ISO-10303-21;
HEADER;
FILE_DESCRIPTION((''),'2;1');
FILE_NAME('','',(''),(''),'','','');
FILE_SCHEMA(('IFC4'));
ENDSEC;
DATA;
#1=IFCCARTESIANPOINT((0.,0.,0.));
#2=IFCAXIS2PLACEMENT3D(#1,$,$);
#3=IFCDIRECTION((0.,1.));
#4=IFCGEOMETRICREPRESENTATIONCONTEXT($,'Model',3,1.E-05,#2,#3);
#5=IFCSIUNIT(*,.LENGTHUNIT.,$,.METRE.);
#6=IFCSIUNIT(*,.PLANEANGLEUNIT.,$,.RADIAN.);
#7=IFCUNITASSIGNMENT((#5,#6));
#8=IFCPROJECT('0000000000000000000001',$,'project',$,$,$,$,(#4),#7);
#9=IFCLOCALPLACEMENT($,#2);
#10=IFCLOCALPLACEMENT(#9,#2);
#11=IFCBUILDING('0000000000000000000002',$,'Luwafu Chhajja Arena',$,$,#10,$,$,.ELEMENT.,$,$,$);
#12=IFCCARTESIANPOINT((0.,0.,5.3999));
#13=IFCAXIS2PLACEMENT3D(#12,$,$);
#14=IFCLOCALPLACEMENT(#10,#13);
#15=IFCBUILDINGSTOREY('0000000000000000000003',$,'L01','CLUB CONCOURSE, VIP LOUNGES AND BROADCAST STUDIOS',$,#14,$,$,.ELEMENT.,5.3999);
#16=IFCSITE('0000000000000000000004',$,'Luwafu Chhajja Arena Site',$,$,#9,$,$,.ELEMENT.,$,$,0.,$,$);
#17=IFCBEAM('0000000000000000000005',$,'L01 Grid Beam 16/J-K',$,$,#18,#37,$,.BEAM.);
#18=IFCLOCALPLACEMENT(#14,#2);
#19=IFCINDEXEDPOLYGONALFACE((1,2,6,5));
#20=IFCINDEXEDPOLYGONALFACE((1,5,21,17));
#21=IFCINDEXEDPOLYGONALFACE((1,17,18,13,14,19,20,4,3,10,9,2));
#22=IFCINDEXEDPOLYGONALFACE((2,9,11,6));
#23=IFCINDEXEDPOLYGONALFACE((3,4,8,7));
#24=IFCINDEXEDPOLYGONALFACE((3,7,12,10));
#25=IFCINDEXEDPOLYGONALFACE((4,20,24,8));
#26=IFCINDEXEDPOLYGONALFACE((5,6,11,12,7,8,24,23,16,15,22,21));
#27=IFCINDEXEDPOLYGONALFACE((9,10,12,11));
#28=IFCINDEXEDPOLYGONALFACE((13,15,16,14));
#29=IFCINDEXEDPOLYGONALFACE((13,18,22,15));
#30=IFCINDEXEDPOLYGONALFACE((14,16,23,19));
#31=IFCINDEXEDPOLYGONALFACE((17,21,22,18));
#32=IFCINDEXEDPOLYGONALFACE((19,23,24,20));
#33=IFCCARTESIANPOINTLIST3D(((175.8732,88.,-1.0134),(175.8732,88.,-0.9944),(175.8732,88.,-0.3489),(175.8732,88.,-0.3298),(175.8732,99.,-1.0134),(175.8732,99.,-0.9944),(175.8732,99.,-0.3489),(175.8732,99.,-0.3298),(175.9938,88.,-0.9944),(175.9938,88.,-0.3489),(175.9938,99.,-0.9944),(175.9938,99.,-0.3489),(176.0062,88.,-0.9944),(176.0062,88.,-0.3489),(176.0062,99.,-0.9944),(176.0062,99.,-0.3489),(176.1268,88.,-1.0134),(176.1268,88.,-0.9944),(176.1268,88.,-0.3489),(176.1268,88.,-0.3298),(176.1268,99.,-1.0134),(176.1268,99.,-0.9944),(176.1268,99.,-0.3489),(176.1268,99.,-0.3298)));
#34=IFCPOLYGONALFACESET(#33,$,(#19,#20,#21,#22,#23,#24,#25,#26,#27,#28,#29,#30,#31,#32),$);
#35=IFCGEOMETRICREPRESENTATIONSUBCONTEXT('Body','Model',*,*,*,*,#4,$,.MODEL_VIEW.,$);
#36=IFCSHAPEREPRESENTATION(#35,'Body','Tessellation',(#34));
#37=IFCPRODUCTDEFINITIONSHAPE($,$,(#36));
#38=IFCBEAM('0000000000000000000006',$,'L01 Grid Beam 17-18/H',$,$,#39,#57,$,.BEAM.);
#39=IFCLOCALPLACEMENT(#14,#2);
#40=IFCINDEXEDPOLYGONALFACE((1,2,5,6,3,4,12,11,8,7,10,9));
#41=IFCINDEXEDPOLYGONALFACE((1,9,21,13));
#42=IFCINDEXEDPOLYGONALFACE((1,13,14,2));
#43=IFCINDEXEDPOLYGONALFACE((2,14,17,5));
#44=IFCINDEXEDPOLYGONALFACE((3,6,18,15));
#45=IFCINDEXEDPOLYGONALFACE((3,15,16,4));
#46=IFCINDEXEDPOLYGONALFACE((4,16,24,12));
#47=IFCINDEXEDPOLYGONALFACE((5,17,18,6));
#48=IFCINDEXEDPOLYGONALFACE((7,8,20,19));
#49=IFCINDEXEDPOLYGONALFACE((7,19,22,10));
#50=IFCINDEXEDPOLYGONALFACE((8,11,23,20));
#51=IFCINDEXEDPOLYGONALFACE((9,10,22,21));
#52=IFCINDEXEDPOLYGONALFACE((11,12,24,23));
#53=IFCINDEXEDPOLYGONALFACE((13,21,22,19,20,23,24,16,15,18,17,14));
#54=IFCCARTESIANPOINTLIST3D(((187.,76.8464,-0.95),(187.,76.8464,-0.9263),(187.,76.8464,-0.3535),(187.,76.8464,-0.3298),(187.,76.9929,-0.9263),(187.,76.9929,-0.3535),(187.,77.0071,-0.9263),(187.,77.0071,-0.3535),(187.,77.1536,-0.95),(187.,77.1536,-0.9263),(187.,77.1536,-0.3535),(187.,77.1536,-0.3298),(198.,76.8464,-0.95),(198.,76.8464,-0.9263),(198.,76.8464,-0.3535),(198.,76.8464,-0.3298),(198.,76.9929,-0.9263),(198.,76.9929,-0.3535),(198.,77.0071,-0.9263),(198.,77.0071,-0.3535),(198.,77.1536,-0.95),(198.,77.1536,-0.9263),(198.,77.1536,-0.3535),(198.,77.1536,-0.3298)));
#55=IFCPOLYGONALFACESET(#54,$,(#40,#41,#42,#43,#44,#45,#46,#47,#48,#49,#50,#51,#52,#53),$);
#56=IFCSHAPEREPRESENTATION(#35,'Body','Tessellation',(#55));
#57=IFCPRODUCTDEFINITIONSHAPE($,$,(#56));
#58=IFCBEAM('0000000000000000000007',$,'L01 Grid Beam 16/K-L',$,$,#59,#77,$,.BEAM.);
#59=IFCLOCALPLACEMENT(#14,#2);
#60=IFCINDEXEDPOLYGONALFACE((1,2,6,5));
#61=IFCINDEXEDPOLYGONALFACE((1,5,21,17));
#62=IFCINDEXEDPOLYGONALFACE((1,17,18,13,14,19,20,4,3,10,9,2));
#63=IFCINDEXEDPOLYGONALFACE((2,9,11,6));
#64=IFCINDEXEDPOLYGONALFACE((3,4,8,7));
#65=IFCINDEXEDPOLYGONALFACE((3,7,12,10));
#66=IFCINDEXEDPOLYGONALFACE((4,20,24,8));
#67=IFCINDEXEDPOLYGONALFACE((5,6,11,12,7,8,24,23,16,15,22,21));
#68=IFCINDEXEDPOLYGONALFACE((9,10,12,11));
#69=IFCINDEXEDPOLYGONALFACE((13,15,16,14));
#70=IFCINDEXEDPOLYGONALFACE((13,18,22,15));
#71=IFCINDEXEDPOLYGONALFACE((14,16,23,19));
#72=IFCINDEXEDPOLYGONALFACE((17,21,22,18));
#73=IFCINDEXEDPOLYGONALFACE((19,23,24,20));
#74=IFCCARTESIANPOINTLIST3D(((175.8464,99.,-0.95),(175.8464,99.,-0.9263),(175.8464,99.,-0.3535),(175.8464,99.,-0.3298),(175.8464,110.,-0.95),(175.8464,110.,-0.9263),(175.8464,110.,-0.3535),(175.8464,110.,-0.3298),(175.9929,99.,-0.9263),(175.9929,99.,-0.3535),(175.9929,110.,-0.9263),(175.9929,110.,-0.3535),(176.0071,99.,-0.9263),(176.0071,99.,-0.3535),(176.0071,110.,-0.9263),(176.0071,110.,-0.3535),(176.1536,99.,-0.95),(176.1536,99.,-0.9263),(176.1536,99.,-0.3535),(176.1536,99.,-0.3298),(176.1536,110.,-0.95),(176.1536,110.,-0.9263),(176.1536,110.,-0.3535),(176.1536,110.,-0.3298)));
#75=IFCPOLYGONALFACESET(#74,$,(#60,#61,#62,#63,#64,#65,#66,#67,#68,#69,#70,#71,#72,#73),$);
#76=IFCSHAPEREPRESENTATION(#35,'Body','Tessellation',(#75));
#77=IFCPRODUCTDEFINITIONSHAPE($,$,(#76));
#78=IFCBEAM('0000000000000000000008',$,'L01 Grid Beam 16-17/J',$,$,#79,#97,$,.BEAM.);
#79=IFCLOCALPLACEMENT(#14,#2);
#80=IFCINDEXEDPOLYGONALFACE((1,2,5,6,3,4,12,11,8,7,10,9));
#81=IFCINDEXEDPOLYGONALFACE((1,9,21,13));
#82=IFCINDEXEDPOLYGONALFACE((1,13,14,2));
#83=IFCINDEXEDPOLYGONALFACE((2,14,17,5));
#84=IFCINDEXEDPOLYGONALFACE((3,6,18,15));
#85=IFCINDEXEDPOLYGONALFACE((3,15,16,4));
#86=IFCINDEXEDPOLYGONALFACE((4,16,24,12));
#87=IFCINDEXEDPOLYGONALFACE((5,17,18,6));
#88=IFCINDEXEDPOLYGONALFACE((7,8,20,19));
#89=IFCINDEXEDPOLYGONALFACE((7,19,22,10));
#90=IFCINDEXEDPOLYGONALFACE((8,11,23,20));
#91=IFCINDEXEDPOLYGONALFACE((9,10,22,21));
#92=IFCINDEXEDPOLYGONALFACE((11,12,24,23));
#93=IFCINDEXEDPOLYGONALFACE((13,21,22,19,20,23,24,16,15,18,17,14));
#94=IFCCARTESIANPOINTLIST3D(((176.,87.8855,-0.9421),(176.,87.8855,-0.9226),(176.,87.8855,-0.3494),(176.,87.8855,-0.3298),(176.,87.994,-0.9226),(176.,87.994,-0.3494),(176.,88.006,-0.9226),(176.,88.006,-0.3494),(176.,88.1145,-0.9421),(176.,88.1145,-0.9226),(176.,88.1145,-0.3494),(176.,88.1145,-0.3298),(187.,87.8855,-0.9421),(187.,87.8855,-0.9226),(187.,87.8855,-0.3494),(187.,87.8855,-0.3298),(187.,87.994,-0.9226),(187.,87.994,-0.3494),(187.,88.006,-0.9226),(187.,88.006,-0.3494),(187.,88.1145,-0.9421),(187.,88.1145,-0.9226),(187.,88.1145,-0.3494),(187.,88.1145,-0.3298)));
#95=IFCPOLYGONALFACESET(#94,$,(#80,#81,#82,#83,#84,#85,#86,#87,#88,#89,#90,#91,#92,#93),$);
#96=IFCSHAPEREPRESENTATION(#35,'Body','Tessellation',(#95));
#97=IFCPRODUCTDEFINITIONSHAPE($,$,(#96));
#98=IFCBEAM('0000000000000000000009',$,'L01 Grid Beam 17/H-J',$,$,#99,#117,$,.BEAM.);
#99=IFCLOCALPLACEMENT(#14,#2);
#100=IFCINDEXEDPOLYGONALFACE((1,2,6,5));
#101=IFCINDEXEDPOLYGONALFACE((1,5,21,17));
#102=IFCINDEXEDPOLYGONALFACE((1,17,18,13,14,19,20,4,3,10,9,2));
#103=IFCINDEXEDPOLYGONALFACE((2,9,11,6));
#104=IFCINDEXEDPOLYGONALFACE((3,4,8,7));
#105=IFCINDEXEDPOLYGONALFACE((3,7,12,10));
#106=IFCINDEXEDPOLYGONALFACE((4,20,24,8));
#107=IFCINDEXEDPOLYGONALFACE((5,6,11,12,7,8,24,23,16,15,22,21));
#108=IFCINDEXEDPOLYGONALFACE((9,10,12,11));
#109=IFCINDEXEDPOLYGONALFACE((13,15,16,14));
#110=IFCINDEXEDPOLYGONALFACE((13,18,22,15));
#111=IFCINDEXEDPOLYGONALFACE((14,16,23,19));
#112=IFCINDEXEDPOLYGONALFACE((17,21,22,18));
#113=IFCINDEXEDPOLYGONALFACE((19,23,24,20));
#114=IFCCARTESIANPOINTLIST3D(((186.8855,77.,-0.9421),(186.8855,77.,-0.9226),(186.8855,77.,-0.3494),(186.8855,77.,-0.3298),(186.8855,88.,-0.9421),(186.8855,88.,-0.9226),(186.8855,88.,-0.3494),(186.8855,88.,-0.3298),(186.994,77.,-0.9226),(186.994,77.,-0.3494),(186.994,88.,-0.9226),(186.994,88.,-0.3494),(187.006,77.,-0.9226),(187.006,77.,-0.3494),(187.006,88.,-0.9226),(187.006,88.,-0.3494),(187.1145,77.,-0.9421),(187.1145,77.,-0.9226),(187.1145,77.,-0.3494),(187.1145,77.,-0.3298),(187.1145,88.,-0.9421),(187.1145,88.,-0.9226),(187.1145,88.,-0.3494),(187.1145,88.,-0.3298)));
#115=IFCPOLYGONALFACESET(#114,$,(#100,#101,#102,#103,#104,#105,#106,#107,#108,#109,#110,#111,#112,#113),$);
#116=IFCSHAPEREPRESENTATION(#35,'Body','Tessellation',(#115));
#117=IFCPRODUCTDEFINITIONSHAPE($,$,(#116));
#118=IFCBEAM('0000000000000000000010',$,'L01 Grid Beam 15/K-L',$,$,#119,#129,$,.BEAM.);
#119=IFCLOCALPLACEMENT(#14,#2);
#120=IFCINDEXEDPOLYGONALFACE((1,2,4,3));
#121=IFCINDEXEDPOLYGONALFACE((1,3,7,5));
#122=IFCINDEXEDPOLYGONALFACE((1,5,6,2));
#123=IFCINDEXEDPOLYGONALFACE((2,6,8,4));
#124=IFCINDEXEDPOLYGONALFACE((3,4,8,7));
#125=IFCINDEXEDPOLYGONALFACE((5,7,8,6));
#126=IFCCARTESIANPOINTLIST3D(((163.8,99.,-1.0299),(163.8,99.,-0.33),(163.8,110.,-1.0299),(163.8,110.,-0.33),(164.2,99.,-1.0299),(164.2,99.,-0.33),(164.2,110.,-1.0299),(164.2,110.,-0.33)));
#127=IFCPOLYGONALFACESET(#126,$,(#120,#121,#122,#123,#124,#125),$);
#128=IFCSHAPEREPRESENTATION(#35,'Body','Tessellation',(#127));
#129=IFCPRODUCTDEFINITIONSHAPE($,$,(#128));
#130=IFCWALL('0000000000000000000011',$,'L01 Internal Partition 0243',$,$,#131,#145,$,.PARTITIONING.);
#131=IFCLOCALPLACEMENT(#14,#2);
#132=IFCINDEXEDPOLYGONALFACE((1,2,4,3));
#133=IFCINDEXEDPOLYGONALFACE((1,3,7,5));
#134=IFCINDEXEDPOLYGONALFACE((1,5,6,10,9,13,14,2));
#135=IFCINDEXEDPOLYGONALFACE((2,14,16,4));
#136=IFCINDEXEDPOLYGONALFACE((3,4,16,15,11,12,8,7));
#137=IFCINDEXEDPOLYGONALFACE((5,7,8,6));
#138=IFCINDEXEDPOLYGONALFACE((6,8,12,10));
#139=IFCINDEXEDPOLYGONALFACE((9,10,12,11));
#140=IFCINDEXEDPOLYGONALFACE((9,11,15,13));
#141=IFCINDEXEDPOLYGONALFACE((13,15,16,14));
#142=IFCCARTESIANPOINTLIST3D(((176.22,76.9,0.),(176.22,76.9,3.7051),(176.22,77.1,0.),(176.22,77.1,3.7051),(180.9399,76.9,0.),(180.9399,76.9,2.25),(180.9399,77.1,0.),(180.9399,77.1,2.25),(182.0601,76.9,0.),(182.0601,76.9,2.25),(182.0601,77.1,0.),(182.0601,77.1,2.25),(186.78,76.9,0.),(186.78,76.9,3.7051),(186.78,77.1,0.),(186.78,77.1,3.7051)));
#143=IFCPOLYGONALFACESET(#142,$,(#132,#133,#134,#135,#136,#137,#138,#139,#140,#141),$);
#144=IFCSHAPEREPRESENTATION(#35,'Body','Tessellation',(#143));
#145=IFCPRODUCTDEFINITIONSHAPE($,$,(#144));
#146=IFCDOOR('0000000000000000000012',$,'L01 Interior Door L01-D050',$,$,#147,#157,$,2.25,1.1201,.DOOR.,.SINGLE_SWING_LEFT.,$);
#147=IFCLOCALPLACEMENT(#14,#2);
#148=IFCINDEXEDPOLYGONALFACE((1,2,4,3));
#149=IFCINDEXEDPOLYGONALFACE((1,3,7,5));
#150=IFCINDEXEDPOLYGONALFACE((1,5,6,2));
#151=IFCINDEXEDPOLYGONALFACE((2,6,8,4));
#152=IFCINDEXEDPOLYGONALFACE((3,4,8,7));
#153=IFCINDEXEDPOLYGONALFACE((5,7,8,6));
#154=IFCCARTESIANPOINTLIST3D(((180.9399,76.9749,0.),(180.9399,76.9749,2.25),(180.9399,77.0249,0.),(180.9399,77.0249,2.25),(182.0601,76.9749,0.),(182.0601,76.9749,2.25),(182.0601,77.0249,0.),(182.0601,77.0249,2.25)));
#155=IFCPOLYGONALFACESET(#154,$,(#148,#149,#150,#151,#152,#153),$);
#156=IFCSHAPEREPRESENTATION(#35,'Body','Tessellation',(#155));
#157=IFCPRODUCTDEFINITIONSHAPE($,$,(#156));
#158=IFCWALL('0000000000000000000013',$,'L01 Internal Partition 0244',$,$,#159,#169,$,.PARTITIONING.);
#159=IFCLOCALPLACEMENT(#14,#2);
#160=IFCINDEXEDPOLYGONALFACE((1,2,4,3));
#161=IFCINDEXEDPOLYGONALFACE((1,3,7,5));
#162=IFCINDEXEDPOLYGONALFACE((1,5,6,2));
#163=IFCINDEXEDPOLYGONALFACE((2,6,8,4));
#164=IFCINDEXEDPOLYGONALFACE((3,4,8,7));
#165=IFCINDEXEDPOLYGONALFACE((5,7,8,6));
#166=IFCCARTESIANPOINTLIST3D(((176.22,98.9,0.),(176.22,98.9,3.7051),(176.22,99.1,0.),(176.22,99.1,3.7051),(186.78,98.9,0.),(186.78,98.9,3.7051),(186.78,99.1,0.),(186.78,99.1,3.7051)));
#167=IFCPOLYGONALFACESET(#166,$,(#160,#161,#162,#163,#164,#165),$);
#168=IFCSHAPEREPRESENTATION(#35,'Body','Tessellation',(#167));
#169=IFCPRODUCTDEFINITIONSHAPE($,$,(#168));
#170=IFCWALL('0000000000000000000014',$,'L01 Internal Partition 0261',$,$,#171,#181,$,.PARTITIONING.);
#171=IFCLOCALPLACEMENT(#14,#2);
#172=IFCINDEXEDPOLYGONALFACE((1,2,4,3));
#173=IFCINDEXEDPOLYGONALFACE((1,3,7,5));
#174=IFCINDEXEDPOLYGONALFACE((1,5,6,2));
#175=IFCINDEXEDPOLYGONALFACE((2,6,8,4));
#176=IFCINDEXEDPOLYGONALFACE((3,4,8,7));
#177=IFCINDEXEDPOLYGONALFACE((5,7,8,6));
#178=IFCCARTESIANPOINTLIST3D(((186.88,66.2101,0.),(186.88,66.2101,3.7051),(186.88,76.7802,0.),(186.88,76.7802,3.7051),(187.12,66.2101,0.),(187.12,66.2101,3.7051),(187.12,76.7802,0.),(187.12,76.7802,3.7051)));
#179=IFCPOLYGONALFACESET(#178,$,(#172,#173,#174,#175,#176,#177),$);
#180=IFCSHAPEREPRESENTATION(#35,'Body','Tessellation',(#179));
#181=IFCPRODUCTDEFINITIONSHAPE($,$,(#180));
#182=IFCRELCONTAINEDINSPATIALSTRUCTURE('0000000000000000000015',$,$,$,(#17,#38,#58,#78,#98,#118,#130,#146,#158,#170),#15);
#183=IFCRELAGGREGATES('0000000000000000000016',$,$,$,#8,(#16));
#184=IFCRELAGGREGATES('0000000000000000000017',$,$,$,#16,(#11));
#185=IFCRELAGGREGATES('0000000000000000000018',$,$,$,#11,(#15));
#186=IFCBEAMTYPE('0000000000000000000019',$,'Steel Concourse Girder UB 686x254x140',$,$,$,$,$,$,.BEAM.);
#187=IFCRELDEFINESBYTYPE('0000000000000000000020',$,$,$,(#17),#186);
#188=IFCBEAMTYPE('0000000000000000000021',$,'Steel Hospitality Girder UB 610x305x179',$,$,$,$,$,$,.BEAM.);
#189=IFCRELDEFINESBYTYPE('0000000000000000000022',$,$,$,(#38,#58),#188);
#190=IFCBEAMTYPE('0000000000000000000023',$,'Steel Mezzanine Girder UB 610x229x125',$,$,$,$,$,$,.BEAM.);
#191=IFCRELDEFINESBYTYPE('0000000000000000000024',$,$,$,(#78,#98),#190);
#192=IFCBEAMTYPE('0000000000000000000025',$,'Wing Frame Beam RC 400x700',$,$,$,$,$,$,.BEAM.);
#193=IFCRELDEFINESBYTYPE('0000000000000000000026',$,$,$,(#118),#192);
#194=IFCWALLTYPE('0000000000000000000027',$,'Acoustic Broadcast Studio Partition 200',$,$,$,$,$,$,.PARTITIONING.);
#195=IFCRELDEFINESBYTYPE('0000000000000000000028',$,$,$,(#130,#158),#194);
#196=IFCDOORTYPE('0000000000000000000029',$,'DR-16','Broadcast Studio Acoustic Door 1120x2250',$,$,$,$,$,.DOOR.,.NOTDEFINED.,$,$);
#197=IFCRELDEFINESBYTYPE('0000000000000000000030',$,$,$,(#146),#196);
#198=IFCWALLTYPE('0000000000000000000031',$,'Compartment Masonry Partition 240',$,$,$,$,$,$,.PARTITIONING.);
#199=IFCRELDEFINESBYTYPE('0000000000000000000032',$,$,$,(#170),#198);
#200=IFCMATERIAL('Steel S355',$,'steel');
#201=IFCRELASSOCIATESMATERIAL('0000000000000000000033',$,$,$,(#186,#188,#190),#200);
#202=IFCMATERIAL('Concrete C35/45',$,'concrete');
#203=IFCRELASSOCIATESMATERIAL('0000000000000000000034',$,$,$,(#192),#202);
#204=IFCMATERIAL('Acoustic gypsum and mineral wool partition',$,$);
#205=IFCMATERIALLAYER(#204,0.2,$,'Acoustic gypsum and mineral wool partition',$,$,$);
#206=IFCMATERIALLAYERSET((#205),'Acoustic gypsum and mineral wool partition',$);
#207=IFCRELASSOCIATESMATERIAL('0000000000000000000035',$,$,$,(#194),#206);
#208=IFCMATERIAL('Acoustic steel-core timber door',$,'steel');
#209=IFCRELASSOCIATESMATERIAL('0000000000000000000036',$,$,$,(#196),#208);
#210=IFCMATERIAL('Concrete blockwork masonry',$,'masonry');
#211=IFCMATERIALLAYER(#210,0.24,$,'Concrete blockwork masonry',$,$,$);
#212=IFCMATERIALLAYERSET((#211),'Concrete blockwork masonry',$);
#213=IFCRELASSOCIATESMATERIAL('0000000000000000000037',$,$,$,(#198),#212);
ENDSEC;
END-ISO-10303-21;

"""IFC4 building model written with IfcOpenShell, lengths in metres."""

from ifc_helpers import new_model, si_unit, direction, frame, frame_2d, origin, origin_2d, place, context, subcontext, project, spatial, rectangle, i_section, extrude, material, layer, layer_set, material_profile, profile_set, type_object, element, fill, save


model = new_model("IFC4")

# Units and contexts
model_context = context("Model", 3, precision=1e-05, world=origin(), true_north=direction((0.0, 1.0)))
body_context = subcontext(model_context, "Body", "Model", "MODEL_VIEW")
ifc_project = project(units=[si_unit("LENGTHUNIT", "METRE"), si_unit("PLANEANGLEUNIT", "RADIAN")], contexts=[model_context])

# Site, building, storey
site_placement = place(None, origin())
site = spatial("IfcSite", under=ifc_project, at=site_placement, Name="Luwafu Chhajja Arena Site", CompositionType="ELEMENT", RefElevation=0.0)
building_placement = place(site_placement, origin())
building = spatial("IfcBuilding", under=site, at=building_placement, Name="Luwafu Chhajja Arena", CompositionType="ELEMENT")
storey_placement = place(building_placement, frame((0.0, 0.0, 5.3999)))
storey = spatial("IfcBuildingStorey", under=building, at=storey_placement, Name="L01", Description="CLUB CONCOURSE, VIP LOUNGES AND BROADCAST STUDIOS", CompositionType="ELEMENT", Elevation=5.3999)

# Shared definitions
ifc_material_1 = material(Name="Concrete C35/45", Category="concrete")

# Beams
ifc_material_2 = material(Name="Steel S355", Category="steel")
ifc_material_profile_1 = material_profile(ifc_material_2, i_section(OverallWidth=0.2537, OverallDepth=0.6836, WebThickness=0.0125, FlangeThickness=0.019, at=origin_2d()), Name="UB 686x254x140")
ifc_profile_set_1 = profile_set([ifc_material_profile_1], Name="Steel S355")
beam_type_1 = type_object("IfcBeamType", Name="Steel Concourse Girder UB 686x254x140", PredefinedType="BEAM", material=ifc_profile_set_1)
for number, where, z_axis, x_axis, name in (
    (1, (176.0, 88.0, -0.6716), (0.0, 1.0, 0.0), (-1.0, 0.0, 0.0), "L01 Grid Beam 16/J-K"),
):
    element("IfcBeam", number, at=place(storey_placement, frame(where, z_axis=z_axis, x_axis=x_axis)), inside=storey, type_object=beam_type_1, Name=name, PredefinedType="BEAM", context=body_context, shape_type="SweptSolid", body=[
        extrude(i_section(OverallWidth=0.2537, OverallDepth=0.6836, WebThickness=0.0125, FlangeThickness=0.019, at=origin_2d()), origin(), (0.0, 0.0, 1.0), 11.0),
    ])
ifc_material_profile_2 = material_profile(ifc_material_2, i_section(OverallWidth=0.3071, OverallDepth=0.6201, WebThickness=0.0142, FlangeThickness=0.0237, at=origin_2d()), Name="UB 610x305x179")
ifc_profile_set_2 = profile_set([ifc_material_profile_2], Name="Steel S355")
beam_type_2 = type_object("IfcBeamType", Name="Steel Hospitality Girder UB 610x305x179", PredefinedType="BEAM", material=ifc_profile_set_2)
for number, where, z_axis, x_axis, name in (
    (2, (187.0, 77.0, -0.6399), (1.0, 0.0, 0.0), (0.0, 1.0, 0.0), "L01 Grid Beam 17-18/H"),
    (3, (176.0, 99.0, -0.6399), (0.0, 1.0, 0.0), (-1.0, 0.0, 0.0), "L01 Grid Beam 16/K-L"),
):
    element("IfcBeam", number, at=place(storey_placement, frame(where, z_axis=z_axis, x_axis=x_axis)), inside=storey, type_object=beam_type_2, Name=name, PredefinedType="BEAM", context=body_context, shape_type="SweptSolid", body=[
        extrude(i_section(OverallWidth=0.3071, OverallDepth=0.6201, WebThickness=0.0142, FlangeThickness=0.0237, at=origin_2d()), origin(), (0.0, 0.0, 1.0), 11.0),
    ])
ifc_material_profile_3 = material_profile(ifc_material_2, i_section(OverallWidth=0.229, OverallDepth=0.6123, WebThickness=0.012, FlangeThickness=0.0195, at=origin_2d()), Name="UB 610x229x125")
ifc_profile_set_3 = profile_set([ifc_material_profile_3], Name="Steel S355")
beam_type_3 = type_object("IfcBeamType", Name="Steel Mezzanine Girder UB 610x229x125", PredefinedType="BEAM", material=ifc_profile_set_3)
for number, where, z_axis, x_axis, name in (
    (4, (176.0, 88.0, -0.636), (1.0, 0.0, 0.0), (0.0, 1.0, 0.0), "L01 Grid Beam 16-17/J"),
    (5, (187.0, 77.0, -0.636), (0.0, 1.0, 0.0), (-1.0, 0.0, 0.0), "L01 Grid Beam 17/H-J"),
):
    element("IfcBeam", number, at=place(storey_placement, frame(where, z_axis=z_axis, x_axis=x_axis)), inside=storey, type_object=beam_type_3, Name=name, PredefinedType="BEAM", context=body_context, shape_type="SweptSolid", body=[
        extrude(i_section(OverallWidth=0.229, OverallDepth=0.6123, WebThickness=0.012, FlangeThickness=0.0195, at=origin_2d()), origin(), (0.0, 0.0, 1.0), 11.0),
    ])
ifc_material_profile_4 = material_profile(ifc_material_1, rectangle(XDim=0.3999, YDim=0.7, at=origin_2d()), Name="RC 400x700")
ifc_profile_set_4 = profile_set([ifc_material_profile_4], Name="Concrete C35/45")
beam_type_4 = type_object("IfcBeamType", Name="Wing Frame Beam RC 400x700", PredefinedType="BEAM", material=ifc_profile_set_4)
beam_1_placement = place(storey_placement, frame((164.0, 99.0, -0.6799), z_axis=(0.0, 1.0, 0.0), x_axis=(-1.0, 0.0, 0.0)))
element("IfcBeam", 6, at=beam_1_placement, inside=storey, type_object=beam_type_4, Name="L01 Grid Beam 15/K-L", PredefinedType="BEAM", context=body_context, shape_type="SweptSolid", body=[
    extrude(rectangle(XDim=0.3999, YDim=0.7, at=origin_2d()), origin(), (0.0, 0.0, 1.0), 11.0),
])

# Wall, opening, door
ifc_material_3 = material(Name="Acoustic gypsum and mineral wool partition")
ifc_layer_1 = layer(ifc_material_3, 0.2, Name="Acoustic gypsum and mineral wool partition")
ifc_layer_set_1 = layer_set([ifc_layer_1], Name="Acoustic gypsum and mineral wool partition")
wall_type_1 = type_object("IfcWallType", Name="Acoustic Broadcast Studio Partition 200", PredefinedType="PARTITIONING", material=ifc_layer_set_1)
wall_1_placement = place(storey_placement, frame((176.22, 77.0, 0.0), z_axis=(0.0, 0.0, 1.0), x_axis=(1.0, 0.0, 0.0)))
wall_1 = element("IfcWall", 7, at=wall_1_placement, inside=storey, type_object=wall_type_1, Name="L01 Internal Partition 0243", PredefinedType="PARTITIONING", context=body_context, shape_type="SweptSolid", body=[
    extrude(rectangle(XDim=10.5601, YDim=0.2, at=frame_2d((5.28, 0.0))), origin(), (0.0, 0.0, 1.0), 3.7051),
])
opening_placement = place(wall_1_placement, frame((4.72, 0.0, 0.0)))
opening = element("IfcOpeningElement", 8, at=opening_placement, cuts=wall_1, PredefinedType="OPENING", context=body_context, shape_type="SweptSolid", body=[
    extrude(rectangle(XDim=1.1201, YDim=2.25, at=frame_2d((0.5601, 1.125))), frame((0.0, 0.1099, 0.0), z_axis=(0.0, -1.0, 0.0), x_axis=(1.0, 0.0, 0.0)), (0.0, 0.0, 1.0), 0.22),
])
ifc_material_4 = material(Name="Acoustic steel-core timber door", Category="steel")
door_type = type_object("IfcDoorType", Name="DR-16", Description="Broadcast Studio Acoustic Door 1120x2250", OperationType="NOTDEFINED", PredefinedType="DOOR", material=ifc_material_4)
door_placement = place(opening_placement, origin())
door = element("IfcDoor", 9, at=door_placement, inside=storey, type_object=door_type, Name="L01 Interior Door L01-D050", OperationType="SINGLE_SWING_LEFT", OverallHeight=2.25, OverallWidth=1.1201, PredefinedType="DOOR", context=body_context, shape_type="SweptSolid", body=[
    extrude(rectangle(XDim=1.1201, YDim=2.25, at=frame_2d((0.5601, 1.125))), frame((0.0, 0.0249, 0.0), z_axis=(0.0, -1.0, 0.0), x_axis=(1.0, 0.0, 0.0)), (0.0, 0.0, 1.0), 0.05),
])
fill(opening, door)

# Walls
wall_2_placement = place(storey_placement, frame((176.22, 99.0, 0.0), z_axis=(0.0, 0.0, 1.0), x_axis=(1.0, 0.0, 0.0)))
element("IfcWall", 10, at=wall_2_placement, inside=storey, type_object=wall_type_1, Name="L01 Internal Partition 0244", PredefinedType="PARTITIONING", context=body_context, shape_type="SweptSolid", body=[
    extrude(rectangle(XDim=10.5601, YDim=0.2, at=frame_2d((5.28, 0.0))), origin(), (0.0, 0.0, 1.0), 3.7051),
])
ifc_material_5 = material(Name="Concrete blockwork masonry", Category="masonry")
ifc_layer_2 = layer(ifc_material_5, 0.24, Name="Concrete blockwork masonry")
ifc_layer_set_2 = layer_set([ifc_layer_2], Name="Concrete blockwork masonry")
wall_type_2 = type_object("IfcWallType", Name="Compartment Masonry Partition 240", PredefinedType="PARTITIONING", material=ifc_layer_set_2)
wall_3_placement = place(storey_placement, frame((187.0, 66.21, 0.0), z_axis=(0.0, 0.0, 1.0), x_axis=(0.0, 1.0, 0.0)))
element("IfcWall", 11, at=wall_3_placement, inside=storey, type_object=wall_type_2, Name="L01 Internal Partition 0261", PredefinedType="PARTITIONING", context=body_context, shape_type="SweptSolid", body=[
    extrude(rectangle(XDim=10.5701, YDim=0.24, at=frame_2d((5.2852, 0.0))), origin(), (0.0, 0.0, 1.0), 3.7051),
])

save(model, "model.ifc")
